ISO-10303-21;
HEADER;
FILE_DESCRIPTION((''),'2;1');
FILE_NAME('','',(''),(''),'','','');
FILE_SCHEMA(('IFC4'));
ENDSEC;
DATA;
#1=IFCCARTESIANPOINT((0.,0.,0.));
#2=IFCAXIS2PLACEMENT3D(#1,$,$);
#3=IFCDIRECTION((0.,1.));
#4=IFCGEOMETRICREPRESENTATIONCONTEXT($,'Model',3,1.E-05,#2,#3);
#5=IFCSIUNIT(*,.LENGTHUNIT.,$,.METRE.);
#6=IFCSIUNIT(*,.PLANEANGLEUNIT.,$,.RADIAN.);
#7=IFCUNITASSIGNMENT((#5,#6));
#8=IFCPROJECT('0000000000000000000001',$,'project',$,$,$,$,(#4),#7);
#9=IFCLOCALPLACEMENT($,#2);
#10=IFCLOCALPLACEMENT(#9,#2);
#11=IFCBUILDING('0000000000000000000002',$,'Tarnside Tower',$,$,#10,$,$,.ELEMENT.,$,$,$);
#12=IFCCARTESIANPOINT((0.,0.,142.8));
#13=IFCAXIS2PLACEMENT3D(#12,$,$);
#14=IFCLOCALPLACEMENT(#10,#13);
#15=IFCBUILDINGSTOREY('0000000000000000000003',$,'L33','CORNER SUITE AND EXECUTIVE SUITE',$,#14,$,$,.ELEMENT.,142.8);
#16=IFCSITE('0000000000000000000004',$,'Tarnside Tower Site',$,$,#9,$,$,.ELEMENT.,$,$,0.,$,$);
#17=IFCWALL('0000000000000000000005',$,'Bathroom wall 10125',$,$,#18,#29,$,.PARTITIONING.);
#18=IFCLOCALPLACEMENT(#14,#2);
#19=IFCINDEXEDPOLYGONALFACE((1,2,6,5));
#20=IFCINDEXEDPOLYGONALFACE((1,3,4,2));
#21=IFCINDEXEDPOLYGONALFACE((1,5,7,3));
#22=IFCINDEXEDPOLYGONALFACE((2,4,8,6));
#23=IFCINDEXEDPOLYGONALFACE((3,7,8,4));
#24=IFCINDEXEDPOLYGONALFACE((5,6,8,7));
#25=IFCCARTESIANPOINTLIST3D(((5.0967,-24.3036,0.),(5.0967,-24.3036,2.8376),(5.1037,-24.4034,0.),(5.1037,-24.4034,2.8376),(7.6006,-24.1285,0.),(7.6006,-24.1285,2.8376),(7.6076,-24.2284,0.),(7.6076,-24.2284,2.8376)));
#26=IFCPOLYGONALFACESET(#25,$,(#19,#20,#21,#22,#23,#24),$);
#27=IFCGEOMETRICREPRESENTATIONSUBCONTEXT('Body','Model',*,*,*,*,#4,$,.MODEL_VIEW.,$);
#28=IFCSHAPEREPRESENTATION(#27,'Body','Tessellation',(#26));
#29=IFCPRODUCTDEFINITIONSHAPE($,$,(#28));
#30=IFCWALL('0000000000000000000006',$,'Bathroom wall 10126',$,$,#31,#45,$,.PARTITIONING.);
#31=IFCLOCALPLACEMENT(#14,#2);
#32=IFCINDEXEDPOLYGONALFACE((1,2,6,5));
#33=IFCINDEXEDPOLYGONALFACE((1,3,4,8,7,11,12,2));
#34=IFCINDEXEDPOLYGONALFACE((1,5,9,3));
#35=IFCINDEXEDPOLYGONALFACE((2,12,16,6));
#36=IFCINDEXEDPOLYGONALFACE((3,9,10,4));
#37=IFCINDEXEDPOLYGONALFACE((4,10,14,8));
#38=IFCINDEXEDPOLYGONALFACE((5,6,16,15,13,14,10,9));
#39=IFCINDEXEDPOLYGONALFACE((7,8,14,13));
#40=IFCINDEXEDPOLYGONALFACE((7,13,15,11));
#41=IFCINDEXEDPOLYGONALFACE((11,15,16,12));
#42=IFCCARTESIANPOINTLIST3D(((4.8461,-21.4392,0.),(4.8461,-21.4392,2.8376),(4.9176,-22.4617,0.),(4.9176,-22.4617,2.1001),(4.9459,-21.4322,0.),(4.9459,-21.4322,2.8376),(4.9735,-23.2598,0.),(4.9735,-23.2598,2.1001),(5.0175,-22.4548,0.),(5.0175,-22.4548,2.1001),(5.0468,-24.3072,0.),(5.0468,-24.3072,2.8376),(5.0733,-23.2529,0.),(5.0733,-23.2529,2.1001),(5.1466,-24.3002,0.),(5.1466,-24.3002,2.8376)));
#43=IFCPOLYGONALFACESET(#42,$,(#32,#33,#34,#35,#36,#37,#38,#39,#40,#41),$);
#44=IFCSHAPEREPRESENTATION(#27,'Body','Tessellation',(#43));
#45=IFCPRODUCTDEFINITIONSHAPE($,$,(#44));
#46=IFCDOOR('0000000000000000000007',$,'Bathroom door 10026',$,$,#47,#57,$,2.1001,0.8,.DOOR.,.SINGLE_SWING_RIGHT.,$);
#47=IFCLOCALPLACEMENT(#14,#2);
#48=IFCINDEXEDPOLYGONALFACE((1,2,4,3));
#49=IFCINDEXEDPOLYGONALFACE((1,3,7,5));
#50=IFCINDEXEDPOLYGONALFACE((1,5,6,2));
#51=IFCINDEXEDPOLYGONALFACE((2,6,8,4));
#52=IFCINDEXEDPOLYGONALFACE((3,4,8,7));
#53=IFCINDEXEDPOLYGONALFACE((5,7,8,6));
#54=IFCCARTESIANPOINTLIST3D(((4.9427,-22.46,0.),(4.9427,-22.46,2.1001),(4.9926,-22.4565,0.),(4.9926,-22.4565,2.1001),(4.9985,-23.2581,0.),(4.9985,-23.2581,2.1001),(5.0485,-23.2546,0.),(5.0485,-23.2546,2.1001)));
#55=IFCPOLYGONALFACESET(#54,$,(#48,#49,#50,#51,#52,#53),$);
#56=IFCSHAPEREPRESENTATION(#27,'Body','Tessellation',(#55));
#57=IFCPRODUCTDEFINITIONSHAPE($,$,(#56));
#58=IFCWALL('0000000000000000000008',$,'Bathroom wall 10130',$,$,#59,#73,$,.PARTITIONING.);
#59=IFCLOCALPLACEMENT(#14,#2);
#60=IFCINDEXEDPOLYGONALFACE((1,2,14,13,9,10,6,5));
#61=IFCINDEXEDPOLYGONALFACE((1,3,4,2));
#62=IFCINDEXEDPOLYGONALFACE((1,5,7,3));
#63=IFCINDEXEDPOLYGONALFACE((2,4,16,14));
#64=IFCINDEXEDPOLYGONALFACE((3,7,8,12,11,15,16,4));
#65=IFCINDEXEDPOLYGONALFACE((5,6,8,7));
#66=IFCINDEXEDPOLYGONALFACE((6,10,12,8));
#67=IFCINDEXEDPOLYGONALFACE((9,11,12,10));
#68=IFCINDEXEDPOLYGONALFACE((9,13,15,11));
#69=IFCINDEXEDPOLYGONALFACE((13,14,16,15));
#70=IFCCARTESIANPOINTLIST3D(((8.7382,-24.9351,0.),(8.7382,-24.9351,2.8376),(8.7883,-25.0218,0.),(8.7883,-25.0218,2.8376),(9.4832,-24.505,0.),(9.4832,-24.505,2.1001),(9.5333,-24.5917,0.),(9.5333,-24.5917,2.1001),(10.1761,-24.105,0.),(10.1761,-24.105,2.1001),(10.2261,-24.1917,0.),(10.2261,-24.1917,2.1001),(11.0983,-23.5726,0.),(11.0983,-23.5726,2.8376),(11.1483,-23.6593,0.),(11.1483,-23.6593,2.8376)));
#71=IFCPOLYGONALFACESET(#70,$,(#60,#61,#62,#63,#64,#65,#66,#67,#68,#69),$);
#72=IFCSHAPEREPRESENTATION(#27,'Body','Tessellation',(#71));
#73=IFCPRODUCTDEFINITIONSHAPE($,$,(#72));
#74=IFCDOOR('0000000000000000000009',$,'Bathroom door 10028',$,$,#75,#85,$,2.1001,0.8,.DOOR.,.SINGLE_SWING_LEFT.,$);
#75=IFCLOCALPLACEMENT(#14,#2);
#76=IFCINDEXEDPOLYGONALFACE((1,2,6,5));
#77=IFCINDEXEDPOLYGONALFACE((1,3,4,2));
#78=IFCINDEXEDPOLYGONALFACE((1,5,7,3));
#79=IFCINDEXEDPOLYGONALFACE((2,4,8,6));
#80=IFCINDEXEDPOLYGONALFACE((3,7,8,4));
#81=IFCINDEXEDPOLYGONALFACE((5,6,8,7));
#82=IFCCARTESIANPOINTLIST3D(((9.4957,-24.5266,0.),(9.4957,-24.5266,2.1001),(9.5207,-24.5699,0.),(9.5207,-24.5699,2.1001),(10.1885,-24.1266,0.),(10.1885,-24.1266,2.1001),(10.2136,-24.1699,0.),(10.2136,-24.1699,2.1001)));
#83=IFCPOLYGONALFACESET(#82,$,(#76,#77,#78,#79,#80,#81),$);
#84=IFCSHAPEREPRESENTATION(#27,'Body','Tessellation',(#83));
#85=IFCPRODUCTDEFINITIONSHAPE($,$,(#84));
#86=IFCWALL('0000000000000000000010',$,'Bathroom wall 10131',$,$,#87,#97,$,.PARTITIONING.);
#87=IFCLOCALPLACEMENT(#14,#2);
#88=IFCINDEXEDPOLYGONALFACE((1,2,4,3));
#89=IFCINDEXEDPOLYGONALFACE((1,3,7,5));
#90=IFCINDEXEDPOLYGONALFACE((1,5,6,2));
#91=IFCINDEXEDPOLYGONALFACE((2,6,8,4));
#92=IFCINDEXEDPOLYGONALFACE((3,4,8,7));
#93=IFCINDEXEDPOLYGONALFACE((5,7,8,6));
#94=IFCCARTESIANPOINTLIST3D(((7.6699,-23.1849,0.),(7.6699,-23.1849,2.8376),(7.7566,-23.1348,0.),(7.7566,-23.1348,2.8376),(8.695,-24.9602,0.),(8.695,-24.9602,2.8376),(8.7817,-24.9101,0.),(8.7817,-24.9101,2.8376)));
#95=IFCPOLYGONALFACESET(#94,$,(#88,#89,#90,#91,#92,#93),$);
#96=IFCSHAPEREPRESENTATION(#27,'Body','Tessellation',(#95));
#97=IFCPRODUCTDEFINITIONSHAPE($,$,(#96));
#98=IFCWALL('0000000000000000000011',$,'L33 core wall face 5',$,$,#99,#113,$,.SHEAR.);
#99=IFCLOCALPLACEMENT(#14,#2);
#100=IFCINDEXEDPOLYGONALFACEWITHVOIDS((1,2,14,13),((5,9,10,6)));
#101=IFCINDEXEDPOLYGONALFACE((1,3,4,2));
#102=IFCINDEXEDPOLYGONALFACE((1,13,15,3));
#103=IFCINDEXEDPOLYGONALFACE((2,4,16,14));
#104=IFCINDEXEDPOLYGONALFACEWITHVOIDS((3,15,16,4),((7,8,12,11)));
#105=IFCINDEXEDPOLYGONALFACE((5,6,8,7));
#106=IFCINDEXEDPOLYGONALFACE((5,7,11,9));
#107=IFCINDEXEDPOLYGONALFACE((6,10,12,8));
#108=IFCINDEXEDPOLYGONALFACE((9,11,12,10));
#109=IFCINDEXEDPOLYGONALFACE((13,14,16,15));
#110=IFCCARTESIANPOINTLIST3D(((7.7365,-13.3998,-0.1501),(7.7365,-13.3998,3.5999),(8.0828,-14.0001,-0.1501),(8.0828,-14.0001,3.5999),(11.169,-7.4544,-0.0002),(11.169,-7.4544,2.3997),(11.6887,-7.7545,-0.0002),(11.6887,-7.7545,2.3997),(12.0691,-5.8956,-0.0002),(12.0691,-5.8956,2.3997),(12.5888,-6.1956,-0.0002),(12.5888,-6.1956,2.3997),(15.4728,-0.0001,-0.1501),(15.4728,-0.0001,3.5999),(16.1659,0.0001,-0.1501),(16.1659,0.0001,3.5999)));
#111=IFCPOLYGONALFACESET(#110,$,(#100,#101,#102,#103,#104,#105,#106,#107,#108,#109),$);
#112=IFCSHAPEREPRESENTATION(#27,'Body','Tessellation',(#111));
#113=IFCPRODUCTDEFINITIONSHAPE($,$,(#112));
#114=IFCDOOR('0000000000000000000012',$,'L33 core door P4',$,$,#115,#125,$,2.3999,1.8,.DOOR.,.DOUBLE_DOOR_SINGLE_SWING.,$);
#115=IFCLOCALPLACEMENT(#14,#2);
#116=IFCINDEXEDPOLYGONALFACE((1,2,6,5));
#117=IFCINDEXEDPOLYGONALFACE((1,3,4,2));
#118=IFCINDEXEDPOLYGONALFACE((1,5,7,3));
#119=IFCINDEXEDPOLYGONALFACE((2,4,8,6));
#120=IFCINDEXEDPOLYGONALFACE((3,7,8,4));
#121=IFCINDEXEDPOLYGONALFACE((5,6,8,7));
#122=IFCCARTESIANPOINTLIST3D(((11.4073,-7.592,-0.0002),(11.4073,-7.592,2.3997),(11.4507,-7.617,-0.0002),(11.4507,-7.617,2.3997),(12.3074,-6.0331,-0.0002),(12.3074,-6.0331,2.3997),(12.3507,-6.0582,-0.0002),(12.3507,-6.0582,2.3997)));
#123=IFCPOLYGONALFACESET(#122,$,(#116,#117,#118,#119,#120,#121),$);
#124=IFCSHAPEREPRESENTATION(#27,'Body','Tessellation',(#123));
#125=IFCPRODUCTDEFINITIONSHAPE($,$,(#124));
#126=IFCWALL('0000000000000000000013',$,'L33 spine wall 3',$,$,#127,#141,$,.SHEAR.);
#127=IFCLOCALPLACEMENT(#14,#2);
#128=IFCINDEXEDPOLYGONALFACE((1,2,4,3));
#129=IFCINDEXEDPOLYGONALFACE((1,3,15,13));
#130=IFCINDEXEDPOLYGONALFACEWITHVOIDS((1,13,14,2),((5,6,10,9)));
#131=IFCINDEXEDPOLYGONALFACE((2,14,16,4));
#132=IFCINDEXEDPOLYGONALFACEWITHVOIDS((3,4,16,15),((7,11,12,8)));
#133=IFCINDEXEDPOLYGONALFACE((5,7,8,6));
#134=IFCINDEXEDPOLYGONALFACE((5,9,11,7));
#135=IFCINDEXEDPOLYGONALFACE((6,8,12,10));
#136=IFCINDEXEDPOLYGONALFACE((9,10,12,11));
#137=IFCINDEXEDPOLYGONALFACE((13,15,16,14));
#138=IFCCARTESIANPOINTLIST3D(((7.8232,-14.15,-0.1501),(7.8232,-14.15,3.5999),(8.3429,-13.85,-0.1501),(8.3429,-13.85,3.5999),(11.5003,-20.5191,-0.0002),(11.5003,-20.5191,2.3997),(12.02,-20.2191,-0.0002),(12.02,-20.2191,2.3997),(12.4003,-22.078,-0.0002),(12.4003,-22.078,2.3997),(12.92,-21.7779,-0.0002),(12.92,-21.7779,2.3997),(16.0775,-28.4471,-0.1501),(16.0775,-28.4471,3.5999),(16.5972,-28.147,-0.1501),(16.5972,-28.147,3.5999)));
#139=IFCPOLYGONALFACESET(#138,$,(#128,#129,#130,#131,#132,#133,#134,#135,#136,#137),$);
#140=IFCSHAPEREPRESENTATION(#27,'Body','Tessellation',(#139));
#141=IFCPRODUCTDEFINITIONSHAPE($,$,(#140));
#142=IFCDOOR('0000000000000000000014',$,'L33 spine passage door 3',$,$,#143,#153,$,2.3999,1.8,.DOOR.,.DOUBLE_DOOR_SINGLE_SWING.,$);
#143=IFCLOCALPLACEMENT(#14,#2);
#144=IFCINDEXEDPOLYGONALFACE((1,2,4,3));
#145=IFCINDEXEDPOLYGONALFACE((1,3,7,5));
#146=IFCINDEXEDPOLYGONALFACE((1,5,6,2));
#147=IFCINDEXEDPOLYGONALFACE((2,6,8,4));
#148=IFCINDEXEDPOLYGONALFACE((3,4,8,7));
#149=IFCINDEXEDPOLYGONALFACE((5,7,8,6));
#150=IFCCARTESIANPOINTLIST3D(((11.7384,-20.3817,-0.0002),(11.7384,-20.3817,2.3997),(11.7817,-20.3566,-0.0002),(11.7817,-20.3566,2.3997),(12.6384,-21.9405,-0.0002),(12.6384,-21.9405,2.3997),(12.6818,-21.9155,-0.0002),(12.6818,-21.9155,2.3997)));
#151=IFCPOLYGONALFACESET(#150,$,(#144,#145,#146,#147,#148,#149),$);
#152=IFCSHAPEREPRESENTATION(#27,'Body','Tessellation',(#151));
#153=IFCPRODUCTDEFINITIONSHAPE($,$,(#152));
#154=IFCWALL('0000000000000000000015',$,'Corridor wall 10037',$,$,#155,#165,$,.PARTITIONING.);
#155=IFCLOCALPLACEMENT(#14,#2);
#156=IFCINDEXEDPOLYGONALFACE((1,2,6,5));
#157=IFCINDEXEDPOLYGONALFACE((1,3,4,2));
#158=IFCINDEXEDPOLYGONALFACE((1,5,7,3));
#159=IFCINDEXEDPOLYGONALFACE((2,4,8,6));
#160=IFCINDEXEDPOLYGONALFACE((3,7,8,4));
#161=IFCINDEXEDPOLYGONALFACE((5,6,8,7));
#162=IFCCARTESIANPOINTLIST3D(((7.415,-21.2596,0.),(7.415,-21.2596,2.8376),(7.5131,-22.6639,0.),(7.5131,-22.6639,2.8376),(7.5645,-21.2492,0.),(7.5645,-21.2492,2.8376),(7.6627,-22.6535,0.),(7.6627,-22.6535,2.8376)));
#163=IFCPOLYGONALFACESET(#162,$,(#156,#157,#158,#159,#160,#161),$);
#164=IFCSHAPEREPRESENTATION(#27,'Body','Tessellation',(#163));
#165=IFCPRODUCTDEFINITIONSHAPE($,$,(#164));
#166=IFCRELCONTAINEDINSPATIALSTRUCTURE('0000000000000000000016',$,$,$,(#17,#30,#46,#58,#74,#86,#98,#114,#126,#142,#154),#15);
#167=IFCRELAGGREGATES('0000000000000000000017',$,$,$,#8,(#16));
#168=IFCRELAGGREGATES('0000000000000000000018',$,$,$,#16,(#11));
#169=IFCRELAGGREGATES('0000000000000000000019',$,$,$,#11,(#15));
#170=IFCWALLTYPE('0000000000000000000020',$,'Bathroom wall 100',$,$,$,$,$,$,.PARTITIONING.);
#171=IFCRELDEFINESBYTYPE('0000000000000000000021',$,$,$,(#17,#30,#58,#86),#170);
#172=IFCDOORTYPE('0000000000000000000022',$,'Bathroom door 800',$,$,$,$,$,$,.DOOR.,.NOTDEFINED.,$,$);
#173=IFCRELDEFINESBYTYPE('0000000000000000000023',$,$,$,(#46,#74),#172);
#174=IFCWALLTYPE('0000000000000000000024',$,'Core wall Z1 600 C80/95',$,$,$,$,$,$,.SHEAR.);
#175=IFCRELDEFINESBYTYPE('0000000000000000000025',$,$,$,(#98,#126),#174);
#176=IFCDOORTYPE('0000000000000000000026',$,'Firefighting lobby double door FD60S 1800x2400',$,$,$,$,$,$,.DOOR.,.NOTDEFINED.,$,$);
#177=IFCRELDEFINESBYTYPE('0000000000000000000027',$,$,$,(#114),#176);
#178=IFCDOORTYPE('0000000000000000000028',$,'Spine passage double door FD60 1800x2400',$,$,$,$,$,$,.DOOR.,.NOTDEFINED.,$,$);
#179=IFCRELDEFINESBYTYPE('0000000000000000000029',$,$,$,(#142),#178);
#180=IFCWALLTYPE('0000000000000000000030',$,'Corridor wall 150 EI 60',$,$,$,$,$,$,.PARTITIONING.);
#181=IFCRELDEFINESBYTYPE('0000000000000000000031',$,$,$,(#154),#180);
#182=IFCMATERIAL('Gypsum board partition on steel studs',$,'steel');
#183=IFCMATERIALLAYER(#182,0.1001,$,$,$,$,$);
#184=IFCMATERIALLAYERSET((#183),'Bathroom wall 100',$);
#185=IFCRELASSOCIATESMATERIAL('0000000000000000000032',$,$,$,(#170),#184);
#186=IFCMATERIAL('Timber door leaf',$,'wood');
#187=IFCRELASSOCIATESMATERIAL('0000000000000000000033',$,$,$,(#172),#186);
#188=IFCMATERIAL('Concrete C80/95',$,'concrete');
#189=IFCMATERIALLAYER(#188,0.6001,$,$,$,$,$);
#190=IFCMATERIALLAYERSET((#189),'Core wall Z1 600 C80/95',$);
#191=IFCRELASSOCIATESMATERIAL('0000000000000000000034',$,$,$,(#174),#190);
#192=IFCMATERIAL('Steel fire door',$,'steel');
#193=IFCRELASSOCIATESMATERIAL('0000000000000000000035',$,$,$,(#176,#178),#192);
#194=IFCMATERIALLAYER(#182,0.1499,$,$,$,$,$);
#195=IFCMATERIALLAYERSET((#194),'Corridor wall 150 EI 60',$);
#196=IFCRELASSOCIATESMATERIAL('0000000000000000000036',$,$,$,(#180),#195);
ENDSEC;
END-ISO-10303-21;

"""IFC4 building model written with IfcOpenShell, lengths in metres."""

from ifc_helpers import new_model, si_unit, direction, frame, frame_2d, origin, place, context, subcontext, project, spatial, polyline, rectangle, outline, extrude, material, layer, layer_set, type_object, element, fill, save


model = new_model("IFC4")

# Units and contexts
model_context = context("Model", 3, precision=1e-05, world=origin(), true_north=direction((0.0, 1.0)))
body_context = subcontext(model_context, "Body", "Model", "MODEL_VIEW")
ifc_project = project(units=[si_unit("LENGTHUNIT", "METRE"), si_unit("PLANEANGLEUNIT", "RADIAN")], contexts=[model_context])

# Site, building, storey
site_placement = place(None, origin())
site = spatial("IfcSite", under=ifc_project, at=site_placement, Name="Tarnside Tower Site", CompositionType="ELEMENT", RefElevation=0.0)
building_placement = place(site_placement, origin())
building = spatial("IfcBuilding", under=site, at=building_placement, Name="Tarnside Tower", CompositionType="ELEMENT")
storey_placement = place(building_placement, frame((0.0, 0.0, 142.8)))
storey = spatial("IfcBuildingStorey", under=building, at=storey_placement, Name="L33", Description="CORNER SUITE AND EXECUTIVE SUITE", CompositionType="ELEMENT", Elevation=142.8)

# Wall
ifc_material_1 = material(Name="Gypsum board partition on steel studs", Category="steel")
ifc_layer_1 = layer(ifc_material_1, 0.1001)
ifc_layer_set_1 = layer_set([ifc_layer_1], Name="Bathroom wall 100")
wall_type_1 = type_object("IfcWallType", Name="Bathroom wall 100", PredefinedType="PARTITIONING", material=ifc_layer_set_1)
wall_1_placement = place(storey_placement, frame((7.604, -24.1785, 0.0), z_axis=(0.0, 0.0, 1.0), x_axis=(-0.997565, -0.06974, 0.0)))
element("IfcWall", 1, at=wall_1_placement, inside=storey, type_object=wall_type_1, Name="Bathroom wall 10125", PredefinedType="PARTITIONING", context=body_context, shape_type="SweptSolid", body=[
    extrude(rectangle(XDim=2.51, YDim=0.1001, at=frame_2d((1.2549, 0.0))), origin(), (0.0, 0.0, 1.0), 2.8376),
])

# Walls, openings, doors
wall_2_placement = place(storey_placement, frame((5.0967, -24.3037, 0.0), z_axis=(0.0, 0.0, 1.0), x_axis=(-0.069805, 0.997561, 0.0)))
wall_2 = element("IfcWall", 2, at=wall_2_placement, inside=storey, type_object=wall_type_1, Name="Bathroom wall 10126", PredefinedType="PARTITIONING", context=body_context, shape_type="SweptSolid", body=[
    extrude(rectangle(XDim=2.875, YDim=0.1001, at=frame_2d((1.4375, 0.0))), origin(), (0.0, 0.0, 1.0), 2.8376),
])
opening_1_placement = place(wall_2_placement, frame((1.05, 0.0, 0.0)))
opening_1 = element("IfcOpeningElement", 3, at=opening_1_placement, cuts=wall_2, PredefinedType="OPENING", context=body_context, shape_type="SweptSolid", body=[
    extrude(rectangle(XDim=0.8, YDim=2.1001, at=frame_2d((0.3999, 1.05))), frame((0.0, 0.0601, 0.0), z_axis=(0.0, -1.0, 0.0), x_axis=(1.0, 0.0, 0.0)), (0.0, 0.0, 1.0), 0.1201),
])
ifc_material_2 = material(Name="Timber door leaf", Category="wood")
door_type_1 = type_object("IfcDoorType", Name="Bathroom door 800", OperationType="NOTDEFINED", PredefinedType="DOOR", material=ifc_material_2)
door_1_placement = place(opening_1_placement, origin())
door_1 = element("IfcDoor", 4, at=door_1_placement, inside=storey, type_object=door_type_1, Name="Bathroom door 10026", OperationType="SINGLE_SWING_RIGHT", OverallHeight=2.1001, OverallWidth=0.8, PredefinedType="DOOR", context=body_context, shape_type="SweptSolid", body=[
    extrude(rectangle(XDim=0.8, YDim=2.1001, at=frame_2d((0.3999, 1.05))), frame((0.0, 0.0249, 0.0), z_axis=(0.0, -1.0, 0.0), x_axis=(1.0, 0.0, 0.0)), (0.0, 0.0, 1.0), 0.05),
])
fill(opening_1, door_1)
wall_3_placement = place(storey_placement, frame((11.1233, -23.616, 0.0), z_axis=(0.0, 0.0, 1.0), x_axis=(-0.866035, -0.499984, 0.0)))
wall_3 = element("IfcWall", 5, at=wall_3_placement, inside=storey, type_object=wall_type_1, Name="Bathroom wall 10130", PredefinedType="PARTITIONING", context=body_context, shape_type="SweptSolid", body=[
    extrude(rectangle(XDim=2.7251, YDim=0.1001, at=frame_2d((1.3625, 0.0))), origin(), (0.0, 0.0, 1.0), 2.8376),
])
opening_2_placement = place(wall_3_placement, frame((1.0649, 0.0, 0.0)))
opening_2 = element("IfcOpeningElement", 6, at=opening_2_placement, cuts=wall_3, PredefinedType="OPENING", context=body_context, shape_type="SweptSolid", body=[
    extrude(rectangle(XDim=0.8, YDim=2.1001, at=frame_2d((0.3999, 1.05))), frame((0.0, 0.0601, 0.0), z_axis=(0.0, -1.0, 0.0), x_axis=(1.0, 0.0, 0.0)), (0.0, 0.0, 1.0), 0.1201),
])
door_2_placement = place(opening_2_placement, origin())
door_2 = element("IfcDoor", 7, at=door_2_placement, inside=storey, type_object=door_type_1, Name="Bathroom door 10028", OperationType="SINGLE_SWING_LEFT", OverallHeight=2.1001, OverallWidth=0.8, PredefinedType="DOOR", context=body_context, shape_type="SweptSolid", body=[
    extrude(rectangle(XDim=0.8, YDim=2.1001, at=frame_2d((0.3999, 1.05))), frame((0.0, 0.0249, 0.0), z_axis=(0.0, -1.0, 0.0), x_axis=(1.0, 0.0, 0.0)), (0.0, 0.0, 1.0), 0.05),
])
fill(opening_2, door_2)

# Wall
wall_4_placement = place(storey_placement, frame((8.7383, -24.9351, 0.0), z_axis=(0.0, 0.0, 1.0), x_axis=(-0.500045, 0.865999, 0.0)))
element("IfcWall", 8, at=wall_4_placement, inside=storey, type_object=wall_type_1, Name="Bathroom wall 10131", PredefinedType="PARTITIONING", context=body_context, shape_type="SweptSolid", body=[
    extrude(rectangle(XDim=2.05, YDim=0.1001, at=frame_2d((1.0249, 0.0))), origin(), (0.0, 0.0, 1.0), 2.8376),
])

# Walls, openings, doors
ifc_material_3 = material(Name="Concrete C80/95", Category="concrete")
ifc_layer_2 = layer(ifc_material_3, 0.6001)
ifc_layer_set_2 = layer_set([ifc_layer_2], Name="Core wall Z1 600 C80/95")
wall_type_2 = type_object("IfcWallType", Name="Core wall Z1 600 C80/95", PredefinedType="SHEAR", material=ifc_layer_set_2)
wall_5_placement = place(storey_placement, frame((7.9097, -13.7, -0.1501), z_axis=(0.0, 0.0, 1.0), x_axis=(0.5, 0.866025, 0.0)))
wall_5 = element("IfcWall", 9, at=wall_5_placement, inside=storey, type_object=wall_type_2, Name="L33 core wall face 5", PredefinedType="SHEAR", context=body_context, shape_type="SweptSolid", body=[
    extrude(outline(polyline([(-0.1733, -0.3), (15.9927, -0.3), (15.646, 0.3), (0.1733, 0.3), (-0.1733, -0.3)])), origin(), (0.0, 0.0, 1.0), 3.75),
])
opening_3_placement = place(wall_5_placement, frame((7.0386, 0.0, 0.1499)))
opening_3 = element("IfcOpeningElement", 10, at=opening_3_placement, cuts=wall_5, PredefinedType="OPENING", context=body_context, shape_type="SweptSolid", body=[
    extrude(rectangle(XDim=1.8, YDim=2.3999, at=frame_2d((0.8999, 1.2))), frame((0.0, 0.3101, 0.0), z_axis=(0.0, -1.0, 0.0), x_axis=(1.0, 0.0, 0.0)), (0.0, 0.0, 1.0), 0.6201),
])
ifc_material_4 = material(Name="Steel fire door", Category="steel")
door_type_2 = type_object("IfcDoorType", Name="Firefighting lobby double door FD60S 1800x2400", OperationType="NOTDEFINED", PredefinedType="DOOR", material=ifc_material_4)
door_3_placement = place(opening_3_placement, origin())
door_3 = element("IfcDoor", 11, at=door_3_placement, inside=storey, type_object=door_type_2, Name="L33 core door P4", OperationType="DOUBLE_DOOR_SINGLE_SWING", OverallHeight=2.3999, OverallWidth=1.8, PredefinedType="DOOR", context=body_context, shape_type="SweptSolid", body=[
    extrude(rectangle(XDim=1.8, YDim=2.3999, at=frame_2d((0.8999, 1.2))), frame((0.0, 0.0249, 0.0), z_axis=(0.0, -1.0, 0.0), x_axis=(1.0, 0.0, 0.0)), (0.0, 0.0, 1.0), 0.05),
])
fill(opening_3, door_3)
wall_6_placement = place(storey_placement, frame((8.083, -14.0, -0.1501), z_axis=(0.0, 0.0, 1.0), x_axis=(0.499998, -0.866027, 0.0)))
wall_6 = element("IfcWall", 12, at=wall_6_placement, inside=storey, type_object=wall_type_2, Name="L33 spine wall 3", PredefinedType="SHEAR", context=body_context, shape_type="SweptSolid", body=[
    extrude(rectangle(XDim=16.5088, YDim=0.6001, at=frame_2d((8.2544, 0.0))), origin(), (0.0, 0.0, 1.0), 3.75),
])
opening_4_placement = place(wall_6_placement, frame((7.3545, 0.0, 0.1499)))
opening_4 = element("IfcOpeningElement", 13, at=opening_4_placement, cuts=wall_6, PredefinedType="OPENING", context=body_context, shape_type="SweptSolid", body=[
    extrude(rectangle(XDim=1.8, YDim=2.3999, at=frame_2d((0.8999, 1.2))), frame((0.0, 0.3101, 0.0), z_axis=(0.0, -1.0, 0.0), x_axis=(1.0, 0.0, 0.0)), (0.0, 0.0, 1.0), 0.6201),
])
door_type_3 = type_object("IfcDoorType", Name="Spine passage double door FD60 1800x2400", OperationType="NOTDEFINED", PredefinedType="DOOR", material=ifc_material_4)
door_4_placement = place(opening_4_placement, origin())
door_4 = element("IfcDoor", 14, at=door_4_placement, inside=storey, type_object=door_type_3, Name="L33 spine passage door 3", OperationType="DOUBLE_DOOR_SINGLE_SWING", OverallHeight=2.3999, OverallWidth=1.8, PredefinedType="DOOR", context=body_context, shape_type="SweptSolid", body=[
    extrude(rectangle(XDim=1.8, YDim=2.3999, at=frame_2d((0.8999, 1.2))), frame((0.0, 0.0249, 0.0), z_axis=(0.0, -1.0, 0.0), x_axis=(1.0, 0.0, 0.0)), (0.0, 0.0, 1.0), 0.05),
])
fill(opening_4, door_4)

# Wall
ifc_layer_3 = layer(ifc_material_1, 0.1499)
ifc_layer_set_3 = layer_set([ifc_layer_3], Name="Corridor wall 150 EI 60")
wall_type_3 = type_object("IfcWallType", Name="Corridor wall 150 EI 60", PredefinedType="PARTITIONING", material=ifc_layer_set_3)
wall_7_placement = place(storey_placement, frame((7.4897, -21.2544, 0.0), z_axis=(0.0, 0.0, 1.0), x_axis=(0.069719, -0.997567, 0.0)))
element("IfcWall", 15, at=wall_7_placement, inside=storey, type_object=wall_type_3, Name="Corridor wall 10037", PredefinedType="PARTITIONING", context=body_context, shape_type="SweptSolid", body=[
    extrude(rectangle(XDim=1.4077, YDim=0.1499, at=frame_2d((0.7039, 0.0))), origin(), (0.0, 0.0, 1.0), 2.8376),
])

save(model, "model.ifc")
